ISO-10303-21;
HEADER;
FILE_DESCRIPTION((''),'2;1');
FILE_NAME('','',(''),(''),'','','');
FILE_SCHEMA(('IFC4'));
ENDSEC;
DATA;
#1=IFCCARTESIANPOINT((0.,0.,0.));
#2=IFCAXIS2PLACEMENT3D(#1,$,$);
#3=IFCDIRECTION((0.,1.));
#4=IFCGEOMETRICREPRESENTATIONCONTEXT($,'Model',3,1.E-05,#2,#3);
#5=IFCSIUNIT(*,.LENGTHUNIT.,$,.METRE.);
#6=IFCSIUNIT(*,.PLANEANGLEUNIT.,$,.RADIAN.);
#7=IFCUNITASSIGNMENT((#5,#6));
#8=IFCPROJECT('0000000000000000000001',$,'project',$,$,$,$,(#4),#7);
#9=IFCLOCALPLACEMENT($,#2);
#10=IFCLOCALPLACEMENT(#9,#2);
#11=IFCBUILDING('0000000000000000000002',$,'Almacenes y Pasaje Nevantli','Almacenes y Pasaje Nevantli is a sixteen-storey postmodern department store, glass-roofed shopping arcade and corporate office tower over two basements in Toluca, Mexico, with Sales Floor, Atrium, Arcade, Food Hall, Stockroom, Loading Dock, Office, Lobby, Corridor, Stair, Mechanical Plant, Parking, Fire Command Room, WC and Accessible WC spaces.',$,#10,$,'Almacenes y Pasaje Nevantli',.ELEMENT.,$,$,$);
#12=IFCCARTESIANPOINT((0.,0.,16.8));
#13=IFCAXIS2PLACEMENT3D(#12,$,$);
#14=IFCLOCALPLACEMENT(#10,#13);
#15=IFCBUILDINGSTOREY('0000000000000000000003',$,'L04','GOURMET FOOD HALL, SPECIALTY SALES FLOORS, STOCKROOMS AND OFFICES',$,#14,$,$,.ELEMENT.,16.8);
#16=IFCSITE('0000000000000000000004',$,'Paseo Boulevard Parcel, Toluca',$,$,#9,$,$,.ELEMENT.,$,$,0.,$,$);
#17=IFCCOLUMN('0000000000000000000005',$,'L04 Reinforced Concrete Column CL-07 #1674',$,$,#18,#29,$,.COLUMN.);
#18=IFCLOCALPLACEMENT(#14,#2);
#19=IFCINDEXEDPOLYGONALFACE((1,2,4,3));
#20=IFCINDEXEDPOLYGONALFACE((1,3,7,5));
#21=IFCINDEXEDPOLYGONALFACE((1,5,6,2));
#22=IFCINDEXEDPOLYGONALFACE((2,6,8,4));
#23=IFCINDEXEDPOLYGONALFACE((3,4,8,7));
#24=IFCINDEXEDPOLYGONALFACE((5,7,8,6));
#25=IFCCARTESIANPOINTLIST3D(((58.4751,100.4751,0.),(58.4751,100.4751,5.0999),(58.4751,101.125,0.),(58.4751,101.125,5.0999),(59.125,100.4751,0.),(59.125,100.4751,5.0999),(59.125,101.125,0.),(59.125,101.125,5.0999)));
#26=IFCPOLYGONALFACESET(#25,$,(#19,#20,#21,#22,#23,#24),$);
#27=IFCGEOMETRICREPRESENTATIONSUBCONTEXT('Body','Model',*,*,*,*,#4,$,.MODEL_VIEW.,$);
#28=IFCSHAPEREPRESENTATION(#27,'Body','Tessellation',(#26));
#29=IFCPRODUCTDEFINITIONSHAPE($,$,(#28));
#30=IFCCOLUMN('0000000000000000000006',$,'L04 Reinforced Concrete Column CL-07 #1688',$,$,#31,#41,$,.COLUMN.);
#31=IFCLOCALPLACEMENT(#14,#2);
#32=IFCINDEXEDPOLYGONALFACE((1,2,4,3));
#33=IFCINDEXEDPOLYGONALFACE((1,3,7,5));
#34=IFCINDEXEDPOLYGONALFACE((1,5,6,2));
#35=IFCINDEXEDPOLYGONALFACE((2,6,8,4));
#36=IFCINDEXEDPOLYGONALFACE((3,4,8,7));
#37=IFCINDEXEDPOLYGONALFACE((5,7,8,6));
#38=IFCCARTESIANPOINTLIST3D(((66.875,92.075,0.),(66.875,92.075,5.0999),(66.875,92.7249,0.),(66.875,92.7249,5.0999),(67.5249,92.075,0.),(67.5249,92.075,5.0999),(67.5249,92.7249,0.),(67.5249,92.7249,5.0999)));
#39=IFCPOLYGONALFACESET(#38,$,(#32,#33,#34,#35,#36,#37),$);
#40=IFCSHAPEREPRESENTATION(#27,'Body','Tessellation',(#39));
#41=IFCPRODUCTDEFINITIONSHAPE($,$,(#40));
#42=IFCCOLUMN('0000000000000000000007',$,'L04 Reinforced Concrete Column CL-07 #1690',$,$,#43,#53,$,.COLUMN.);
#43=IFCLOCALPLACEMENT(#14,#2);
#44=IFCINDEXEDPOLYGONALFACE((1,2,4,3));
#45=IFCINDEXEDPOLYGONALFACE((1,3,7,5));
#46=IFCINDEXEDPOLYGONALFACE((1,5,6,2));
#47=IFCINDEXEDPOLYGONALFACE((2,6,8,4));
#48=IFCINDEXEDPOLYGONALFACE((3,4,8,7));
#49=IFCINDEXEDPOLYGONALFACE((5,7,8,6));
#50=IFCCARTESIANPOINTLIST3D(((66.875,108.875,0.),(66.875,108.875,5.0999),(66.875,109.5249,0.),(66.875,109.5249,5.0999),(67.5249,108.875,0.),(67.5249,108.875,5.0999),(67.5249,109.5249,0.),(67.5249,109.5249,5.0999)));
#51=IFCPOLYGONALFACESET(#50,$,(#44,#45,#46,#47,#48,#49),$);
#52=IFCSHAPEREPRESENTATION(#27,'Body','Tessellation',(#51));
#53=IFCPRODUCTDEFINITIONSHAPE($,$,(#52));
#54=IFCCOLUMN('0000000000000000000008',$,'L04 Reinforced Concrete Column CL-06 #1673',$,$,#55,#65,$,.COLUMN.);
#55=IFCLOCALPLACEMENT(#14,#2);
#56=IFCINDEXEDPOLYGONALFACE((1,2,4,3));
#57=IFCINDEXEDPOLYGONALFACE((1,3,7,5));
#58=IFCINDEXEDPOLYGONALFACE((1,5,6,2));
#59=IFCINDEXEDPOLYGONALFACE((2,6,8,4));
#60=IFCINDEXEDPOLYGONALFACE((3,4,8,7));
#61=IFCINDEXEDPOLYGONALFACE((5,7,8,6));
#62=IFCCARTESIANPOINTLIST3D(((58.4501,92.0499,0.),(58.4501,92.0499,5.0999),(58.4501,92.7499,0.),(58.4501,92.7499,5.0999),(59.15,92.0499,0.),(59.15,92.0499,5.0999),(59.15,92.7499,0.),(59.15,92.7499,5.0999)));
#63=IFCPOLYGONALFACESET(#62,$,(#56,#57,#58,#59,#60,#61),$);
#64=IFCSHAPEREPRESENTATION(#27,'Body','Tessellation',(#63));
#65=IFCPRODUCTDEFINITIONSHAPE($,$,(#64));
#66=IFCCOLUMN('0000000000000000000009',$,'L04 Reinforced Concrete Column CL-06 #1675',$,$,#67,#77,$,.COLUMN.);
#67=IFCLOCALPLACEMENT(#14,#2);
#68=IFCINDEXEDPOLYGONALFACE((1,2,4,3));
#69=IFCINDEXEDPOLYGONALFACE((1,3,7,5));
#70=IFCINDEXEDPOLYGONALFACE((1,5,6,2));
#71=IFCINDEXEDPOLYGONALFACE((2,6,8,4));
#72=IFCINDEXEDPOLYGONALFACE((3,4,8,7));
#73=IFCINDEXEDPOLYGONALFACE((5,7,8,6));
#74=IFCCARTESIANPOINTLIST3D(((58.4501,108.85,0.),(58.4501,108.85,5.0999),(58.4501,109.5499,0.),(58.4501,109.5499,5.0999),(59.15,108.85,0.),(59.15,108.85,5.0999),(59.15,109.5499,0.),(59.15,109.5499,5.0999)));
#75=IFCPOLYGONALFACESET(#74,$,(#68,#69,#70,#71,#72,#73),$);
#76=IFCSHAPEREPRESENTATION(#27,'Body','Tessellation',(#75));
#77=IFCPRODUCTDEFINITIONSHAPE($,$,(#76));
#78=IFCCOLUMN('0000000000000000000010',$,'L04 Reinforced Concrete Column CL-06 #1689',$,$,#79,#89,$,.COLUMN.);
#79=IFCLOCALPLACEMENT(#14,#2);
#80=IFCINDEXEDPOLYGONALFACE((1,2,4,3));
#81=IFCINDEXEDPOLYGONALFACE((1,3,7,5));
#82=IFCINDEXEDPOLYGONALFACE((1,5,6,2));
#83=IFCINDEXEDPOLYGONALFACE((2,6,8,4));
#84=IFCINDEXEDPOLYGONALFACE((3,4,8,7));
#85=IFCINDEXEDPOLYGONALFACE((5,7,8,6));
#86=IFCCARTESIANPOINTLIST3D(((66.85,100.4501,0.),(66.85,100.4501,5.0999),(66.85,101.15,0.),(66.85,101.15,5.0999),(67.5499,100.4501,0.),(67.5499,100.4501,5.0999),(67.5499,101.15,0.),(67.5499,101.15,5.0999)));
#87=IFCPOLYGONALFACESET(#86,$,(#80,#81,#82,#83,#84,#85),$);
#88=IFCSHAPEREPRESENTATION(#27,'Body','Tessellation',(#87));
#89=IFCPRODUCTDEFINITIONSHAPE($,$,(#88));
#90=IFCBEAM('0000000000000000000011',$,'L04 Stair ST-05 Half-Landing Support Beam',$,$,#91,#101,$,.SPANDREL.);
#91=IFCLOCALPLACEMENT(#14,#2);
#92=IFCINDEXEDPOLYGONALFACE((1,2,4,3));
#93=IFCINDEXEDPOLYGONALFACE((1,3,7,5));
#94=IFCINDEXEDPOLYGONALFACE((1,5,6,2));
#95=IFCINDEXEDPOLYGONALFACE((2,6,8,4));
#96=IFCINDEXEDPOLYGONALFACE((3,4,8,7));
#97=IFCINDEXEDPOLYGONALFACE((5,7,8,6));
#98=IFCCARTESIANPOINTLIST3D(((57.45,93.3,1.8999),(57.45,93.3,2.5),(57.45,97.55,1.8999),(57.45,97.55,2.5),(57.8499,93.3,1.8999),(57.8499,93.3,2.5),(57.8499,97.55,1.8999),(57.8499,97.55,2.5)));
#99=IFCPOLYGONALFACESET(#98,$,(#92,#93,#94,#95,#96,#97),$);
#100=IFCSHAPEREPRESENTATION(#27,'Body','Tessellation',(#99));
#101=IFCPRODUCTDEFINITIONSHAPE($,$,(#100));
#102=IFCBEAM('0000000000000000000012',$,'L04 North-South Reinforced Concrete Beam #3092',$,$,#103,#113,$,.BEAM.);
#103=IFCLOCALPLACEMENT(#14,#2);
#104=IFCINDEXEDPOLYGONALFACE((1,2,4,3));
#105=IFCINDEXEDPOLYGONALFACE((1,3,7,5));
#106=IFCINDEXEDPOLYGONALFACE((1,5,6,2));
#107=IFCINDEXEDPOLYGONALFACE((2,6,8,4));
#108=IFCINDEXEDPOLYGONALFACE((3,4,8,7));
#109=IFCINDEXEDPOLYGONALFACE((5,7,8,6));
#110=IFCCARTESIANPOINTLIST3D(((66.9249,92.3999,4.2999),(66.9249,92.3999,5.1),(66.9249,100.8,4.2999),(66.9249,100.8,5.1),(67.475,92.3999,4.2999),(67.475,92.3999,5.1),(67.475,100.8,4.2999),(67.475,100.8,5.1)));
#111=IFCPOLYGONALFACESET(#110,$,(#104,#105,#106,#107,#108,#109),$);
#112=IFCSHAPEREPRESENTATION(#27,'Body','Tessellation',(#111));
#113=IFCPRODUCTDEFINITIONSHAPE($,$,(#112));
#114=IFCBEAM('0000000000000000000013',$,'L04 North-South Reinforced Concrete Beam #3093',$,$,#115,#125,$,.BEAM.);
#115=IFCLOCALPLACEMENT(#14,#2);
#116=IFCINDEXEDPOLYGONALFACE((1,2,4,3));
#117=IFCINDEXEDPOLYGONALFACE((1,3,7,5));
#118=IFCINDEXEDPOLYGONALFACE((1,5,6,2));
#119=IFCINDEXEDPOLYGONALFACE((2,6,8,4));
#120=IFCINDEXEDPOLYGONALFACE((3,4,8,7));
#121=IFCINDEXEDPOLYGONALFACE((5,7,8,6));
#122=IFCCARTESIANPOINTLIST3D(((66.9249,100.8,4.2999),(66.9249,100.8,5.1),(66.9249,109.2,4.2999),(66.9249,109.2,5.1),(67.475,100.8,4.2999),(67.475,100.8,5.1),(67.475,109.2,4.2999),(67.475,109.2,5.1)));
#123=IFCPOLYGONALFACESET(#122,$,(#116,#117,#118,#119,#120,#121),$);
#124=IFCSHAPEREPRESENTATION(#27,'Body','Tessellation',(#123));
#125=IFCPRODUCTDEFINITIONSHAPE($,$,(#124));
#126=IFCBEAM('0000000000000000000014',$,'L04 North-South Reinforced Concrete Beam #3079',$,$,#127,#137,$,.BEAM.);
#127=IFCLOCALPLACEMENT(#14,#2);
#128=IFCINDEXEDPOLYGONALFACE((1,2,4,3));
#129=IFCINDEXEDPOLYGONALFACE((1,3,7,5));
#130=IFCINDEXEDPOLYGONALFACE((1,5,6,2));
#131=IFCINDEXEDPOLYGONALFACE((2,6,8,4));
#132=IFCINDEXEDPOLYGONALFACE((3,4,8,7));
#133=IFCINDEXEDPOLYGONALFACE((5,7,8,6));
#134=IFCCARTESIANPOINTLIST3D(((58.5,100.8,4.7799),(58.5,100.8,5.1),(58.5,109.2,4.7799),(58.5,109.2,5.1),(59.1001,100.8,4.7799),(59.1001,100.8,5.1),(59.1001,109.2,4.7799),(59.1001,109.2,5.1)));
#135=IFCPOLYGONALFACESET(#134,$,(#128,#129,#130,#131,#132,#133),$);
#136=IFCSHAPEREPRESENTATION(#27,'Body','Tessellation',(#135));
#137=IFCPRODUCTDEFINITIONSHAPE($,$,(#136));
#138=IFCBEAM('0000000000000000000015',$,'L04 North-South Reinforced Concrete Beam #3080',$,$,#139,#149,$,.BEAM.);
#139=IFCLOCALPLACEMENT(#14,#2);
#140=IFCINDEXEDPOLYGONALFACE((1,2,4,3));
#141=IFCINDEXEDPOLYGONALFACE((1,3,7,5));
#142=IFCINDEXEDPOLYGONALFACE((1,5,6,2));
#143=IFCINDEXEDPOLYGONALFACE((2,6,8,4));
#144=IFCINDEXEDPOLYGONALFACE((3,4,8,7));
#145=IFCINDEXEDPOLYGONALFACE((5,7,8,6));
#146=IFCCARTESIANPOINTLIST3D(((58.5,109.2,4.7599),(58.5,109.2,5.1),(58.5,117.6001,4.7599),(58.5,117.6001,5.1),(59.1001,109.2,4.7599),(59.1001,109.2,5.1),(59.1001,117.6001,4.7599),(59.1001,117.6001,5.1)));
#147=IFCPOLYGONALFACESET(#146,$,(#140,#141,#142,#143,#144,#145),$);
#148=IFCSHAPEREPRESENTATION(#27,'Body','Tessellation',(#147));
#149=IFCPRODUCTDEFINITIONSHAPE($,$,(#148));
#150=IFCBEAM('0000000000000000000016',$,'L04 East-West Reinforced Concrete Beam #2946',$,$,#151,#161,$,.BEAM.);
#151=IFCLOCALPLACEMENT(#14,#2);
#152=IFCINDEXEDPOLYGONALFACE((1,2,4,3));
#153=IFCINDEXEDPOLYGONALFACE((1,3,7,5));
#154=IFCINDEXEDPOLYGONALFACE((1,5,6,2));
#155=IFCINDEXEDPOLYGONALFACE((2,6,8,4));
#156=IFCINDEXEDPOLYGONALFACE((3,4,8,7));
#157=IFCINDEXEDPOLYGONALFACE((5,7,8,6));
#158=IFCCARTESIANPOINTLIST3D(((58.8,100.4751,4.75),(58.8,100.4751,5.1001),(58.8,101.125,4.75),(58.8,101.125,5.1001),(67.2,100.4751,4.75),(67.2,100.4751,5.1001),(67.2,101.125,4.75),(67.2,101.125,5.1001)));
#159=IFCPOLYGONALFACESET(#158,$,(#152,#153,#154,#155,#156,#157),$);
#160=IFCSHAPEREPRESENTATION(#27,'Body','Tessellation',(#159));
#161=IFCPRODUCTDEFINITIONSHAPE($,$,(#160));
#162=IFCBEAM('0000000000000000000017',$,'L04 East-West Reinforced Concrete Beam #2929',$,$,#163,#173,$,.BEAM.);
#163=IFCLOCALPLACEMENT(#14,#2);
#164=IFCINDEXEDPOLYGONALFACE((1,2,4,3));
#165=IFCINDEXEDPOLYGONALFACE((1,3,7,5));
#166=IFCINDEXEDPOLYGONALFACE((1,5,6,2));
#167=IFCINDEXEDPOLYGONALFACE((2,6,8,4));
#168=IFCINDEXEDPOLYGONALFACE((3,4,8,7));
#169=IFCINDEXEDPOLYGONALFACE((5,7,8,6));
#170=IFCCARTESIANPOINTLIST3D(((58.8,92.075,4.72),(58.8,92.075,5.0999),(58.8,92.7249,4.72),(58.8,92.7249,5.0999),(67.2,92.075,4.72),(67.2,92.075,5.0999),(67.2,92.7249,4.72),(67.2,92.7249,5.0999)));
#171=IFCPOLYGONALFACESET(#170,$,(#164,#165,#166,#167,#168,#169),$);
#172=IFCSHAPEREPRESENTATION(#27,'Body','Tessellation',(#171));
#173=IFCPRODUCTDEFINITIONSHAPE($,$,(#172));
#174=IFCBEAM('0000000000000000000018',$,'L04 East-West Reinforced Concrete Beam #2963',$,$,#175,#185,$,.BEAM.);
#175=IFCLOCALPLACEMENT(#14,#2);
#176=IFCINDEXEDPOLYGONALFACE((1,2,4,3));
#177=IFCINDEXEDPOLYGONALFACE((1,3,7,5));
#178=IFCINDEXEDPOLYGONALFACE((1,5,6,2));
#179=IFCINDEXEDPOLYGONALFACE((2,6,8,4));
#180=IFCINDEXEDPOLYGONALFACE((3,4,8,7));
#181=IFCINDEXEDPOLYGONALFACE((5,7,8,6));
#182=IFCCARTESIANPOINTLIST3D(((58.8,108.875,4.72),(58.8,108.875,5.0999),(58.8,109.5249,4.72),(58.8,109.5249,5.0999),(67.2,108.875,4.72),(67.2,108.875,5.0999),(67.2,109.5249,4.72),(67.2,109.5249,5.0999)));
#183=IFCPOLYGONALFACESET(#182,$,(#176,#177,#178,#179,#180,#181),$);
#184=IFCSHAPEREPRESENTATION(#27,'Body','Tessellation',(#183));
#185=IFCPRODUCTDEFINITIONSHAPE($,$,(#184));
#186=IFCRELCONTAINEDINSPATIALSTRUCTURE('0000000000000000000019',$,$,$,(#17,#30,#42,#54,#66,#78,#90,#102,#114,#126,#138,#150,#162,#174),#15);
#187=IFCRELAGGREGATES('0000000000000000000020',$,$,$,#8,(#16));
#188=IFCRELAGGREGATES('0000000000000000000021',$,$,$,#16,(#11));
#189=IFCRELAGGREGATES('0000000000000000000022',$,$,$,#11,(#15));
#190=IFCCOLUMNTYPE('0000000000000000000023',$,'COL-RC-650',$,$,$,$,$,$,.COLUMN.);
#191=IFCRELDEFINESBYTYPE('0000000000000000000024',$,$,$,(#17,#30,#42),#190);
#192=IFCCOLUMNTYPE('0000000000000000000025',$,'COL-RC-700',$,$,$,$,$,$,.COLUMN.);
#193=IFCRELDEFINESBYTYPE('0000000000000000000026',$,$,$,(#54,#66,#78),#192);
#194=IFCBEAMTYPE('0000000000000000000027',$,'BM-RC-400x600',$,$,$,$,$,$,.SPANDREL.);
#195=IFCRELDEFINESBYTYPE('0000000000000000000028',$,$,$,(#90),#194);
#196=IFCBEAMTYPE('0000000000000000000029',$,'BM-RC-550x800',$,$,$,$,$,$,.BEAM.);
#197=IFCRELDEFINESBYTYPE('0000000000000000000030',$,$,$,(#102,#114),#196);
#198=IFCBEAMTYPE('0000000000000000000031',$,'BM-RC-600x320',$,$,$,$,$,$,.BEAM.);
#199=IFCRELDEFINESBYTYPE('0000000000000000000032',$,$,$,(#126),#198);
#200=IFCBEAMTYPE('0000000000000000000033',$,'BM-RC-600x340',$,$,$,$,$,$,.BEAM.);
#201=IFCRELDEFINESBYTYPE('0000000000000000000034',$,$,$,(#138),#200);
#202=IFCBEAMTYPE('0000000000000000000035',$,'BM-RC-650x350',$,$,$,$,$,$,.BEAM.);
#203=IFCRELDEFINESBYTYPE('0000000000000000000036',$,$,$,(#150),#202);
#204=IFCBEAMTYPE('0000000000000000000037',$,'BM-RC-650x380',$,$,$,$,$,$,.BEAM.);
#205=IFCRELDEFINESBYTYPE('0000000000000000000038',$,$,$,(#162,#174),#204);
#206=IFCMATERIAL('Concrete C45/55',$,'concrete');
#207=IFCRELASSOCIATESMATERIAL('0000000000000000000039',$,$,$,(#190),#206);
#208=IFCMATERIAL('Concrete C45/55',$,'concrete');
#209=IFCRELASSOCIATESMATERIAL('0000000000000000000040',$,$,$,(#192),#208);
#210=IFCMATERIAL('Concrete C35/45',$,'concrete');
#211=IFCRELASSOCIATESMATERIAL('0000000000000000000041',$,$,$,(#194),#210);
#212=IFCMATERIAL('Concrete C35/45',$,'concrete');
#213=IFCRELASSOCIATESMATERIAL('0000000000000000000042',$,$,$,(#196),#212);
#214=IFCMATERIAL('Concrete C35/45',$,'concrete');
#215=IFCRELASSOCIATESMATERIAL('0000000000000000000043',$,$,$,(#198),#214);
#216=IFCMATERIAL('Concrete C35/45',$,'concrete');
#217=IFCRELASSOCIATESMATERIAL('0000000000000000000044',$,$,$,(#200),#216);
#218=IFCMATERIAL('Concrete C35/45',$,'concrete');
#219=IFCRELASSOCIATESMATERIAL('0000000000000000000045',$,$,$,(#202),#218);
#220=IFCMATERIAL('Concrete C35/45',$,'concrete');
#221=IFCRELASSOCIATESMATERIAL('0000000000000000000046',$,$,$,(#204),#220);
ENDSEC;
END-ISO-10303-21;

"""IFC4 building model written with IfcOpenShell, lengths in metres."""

from ifc_helpers import new_model, si_unit, direction, frame, origin, origin_2d, place, context, subcontext, project, spatial, rectangle, extrude, material, material_profile, profile_set, type_object, element, save


model = new_model("IFC4")

# Units and contexts
model_context = context("Model", 3, precision=1e-05, world=origin(), true_north=direction((0.0, 1.0)))
body_context = subcontext(model_context, "Body", "Model", "MODEL_VIEW")
ifc_project = project(units=[si_unit("LENGTHUNIT", "METRE"), si_unit("PLANEANGLEUNIT", "RADIAN")], contexts=[model_context])

# Site, building, storey
site_placement = place(None, origin())
site = spatial("IfcSite", under=ifc_project, at=site_placement, Name="Paseo Boulevard Parcel, Toluca", CompositionType="ELEMENT", RefElevation=0.0)
building_placement = place(site_placement, origin())
building = spatial("IfcBuilding", under=site, at=building_placement, Name="Almacenes y Pasaje Nevantli", Description="Almacenes y Pasaje Nevantli is a sixteen-storey postmodern department store, glass-roofed shopping arcade and corporate office tower over two basements in Toluca, Mexico, with Sales Floor, Atrium, Arcade, Food Hall, Stockroom, Loading Dock, Office, Lobby, Corridor, Stair, Mechanical Plant, Parking, Fire Command Room, WC and Accessible WC spaces.", LongName="Almacenes y Pasaje Nevantli", CompositionType="ELEMENT")
storey_placement = place(building_placement, frame((0.0, 0.0, 16.8)))
storey = spatial("IfcBuildingStorey", under=building, at=storey_placement, Name="L04", Description="GOURMET FOOD HALL, SPECIALTY SALES FLOORS, STOCKROOMS AND OFFICES", CompositionType="ELEMENT", Elevation=16.8)

# Columns
ifc_material_1 = material(Name="Concrete C45/55", Category="concrete")
ifc_material_profile_1 = material_profile(ifc_material_1, rectangle(XDim=0.6499, YDim=0.6499, at=origin_2d()), Name="RC-COL-650x650")
ifc_profile_set_1 = profile_set([ifc_material_profile_1], Name="Concrete C45/55")
column_type_1 = type_object("IfcColumnType", Name="COL-RC-650", PredefinedType="COLUMN", material=ifc_profile_set_1)
for number, where, z_axis, x_axis, name in (
    (1, (58.8, 100.8, 0.0), (0.0, 0.0, 1.0), (1.0, 0.0, 0.0), "L04 Reinforced Concrete Column CL-07 #1674"),
    (2, (67.2, 92.3999, 0.0), (0.0, 0.0, 1.0), (1.0, 0.0, 0.0), "L04 Reinforced Concrete Column CL-07 #1688"),
    (3, (67.2, 109.2, 0.0), (0.0, 0.0, 1.0), (1.0, 0.0, 0.0), "L04 Reinforced Concrete Column CL-07 #1690"),
):
    element("IfcColumn", number, at=place(storey_placement, frame(where, z_axis=z_axis, x_axis=x_axis)), inside=storey, type_object=column_type_1, Name=name, PredefinedType="COLUMN", context=body_context, shape_type="SweptSolid", body=[
        extrude(rectangle(XDim=0.6499, YDim=0.6499, at=origin_2d()), origin(), (0.0, 0.0, 1.0), 5.0999),
    ])
ifc_material_2 = material(Name="Concrete C45/55", Category="concrete")
ifc_material_profile_2 = material_profile(ifc_material_2, rectangle(XDim=0.7, YDim=0.7, at=origin_2d()), Name="RC-COL-700x700")
ifc_profile_set_2 = profile_set([ifc_material_profile_2], Name="Concrete C45/55")
column_type_2 = type_object("IfcColumnType", Name="COL-RC-700", PredefinedType="COLUMN", material=ifc_profile_set_2)
for number, where, z_axis, x_axis, name in (
    (4, (58.8, 92.3999, 0.0), (0.0, 0.0, 1.0), (1.0, 0.0, 0.0), "L04 Reinforced Concrete Column CL-06 #1673"),
    (5, (58.8, 109.2, 0.0), (0.0, 0.0, 1.0), (1.0, 0.0, 0.0), "L04 Reinforced Concrete Column CL-06 #1675"),
    (6, (67.2, 100.8, 0.0), (0.0, 0.0, 1.0), (1.0, 0.0, 0.0), "L04 Reinforced Concrete Column CL-06 #1689"),
):
    element("IfcColumn", number, at=place(storey_placement, frame(where, z_axis=z_axis, x_axis=x_axis)), inside=storey, type_object=column_type_2, Name=name, PredefinedType="COLUMN", context=body_context, shape_type="SweptSolid", body=[
        extrude(rectangle(XDim=0.7, YDim=0.7, at=origin_2d()), origin(), (0.0, 0.0, 1.0), 5.0999),
    ])

# Beams
ifc_material_3 = material(Name="Concrete C35/45", Category="concrete")
ifc_material_profile_3 = material_profile(ifc_material_3, rectangle(XDim=0.3999, YDim=0.6001, at=origin_2d()), Name="RC-BM-400x600")
ifc_profile_set_3 = profile_set([ifc_material_profile_3], Name="Concrete C35/45")
beam_type_1 = type_object("IfcBeamType", Name="BM-RC-400x600", PredefinedType="SPANDREL", material=ifc_profile_set_3)
beam_1_placement = place(storey_placement, frame((57.6499, 93.3, 2.2), z_axis=(0.0, 1.0, 0.0), x_axis=(-1.0, 0.0, 0.0)))
element("IfcBeam", 7, at=beam_1_placement, inside=storey, type_object=beam_type_1, Name="L04 Stair ST-05 Half-Landing Support Beam", PredefinedType="SPANDREL", context=body_context, shape_type="SweptSolid", body=[
    extrude(rectangle(XDim=0.3999, YDim=0.6001, at=origin_2d()), origin(), (0.0, 0.0, 1.0), 4.25),
])
ifc_material_4 = material(Name="Concrete C35/45", Category="concrete")
ifc_material_profile_4 = material_profile(ifc_material_4, rectangle(XDim=0.55, YDim=0.8, at=origin_2d()), Name="RC-BM-550x800")
ifc_profile_set_4 = profile_set([ifc_material_profile_4], Name="Concrete C35/45")
beam_type_2 = type_object("IfcBeamType", Name="BM-RC-550x800", PredefinedType="BEAM", material=ifc_profile_set_4)
beam_2_placement = place(storey_placement, frame((67.2, 92.3999, 4.7), z_axis=(0.0, 1.0, 0.0), x_axis=(-1.0, 0.0, 0.0)))
element("IfcBeam", 8, at=beam_2_placement, inside=storey, type_object=beam_type_2, Name="L04 North-South Reinforced Concrete Beam #3092", PredefinedType="BEAM", context=body_context, shape_type="SweptSolid", body=[
    extrude(rectangle(XDim=0.55, YDim=0.8, at=origin_2d()), origin(), (0.0, 0.0, 1.0), 8.4001),
])
beam_3_placement = place(storey_placement, frame((67.2, 100.8, 4.7), z_axis=(0.0, 1.0, 0.0), x_axis=(-1.0, 0.0, 0.0)))
element("IfcBeam", 9, at=beam_3_placement, inside=storey, type_object=beam_type_2, Name="L04 North-South Reinforced Concrete Beam #3093", PredefinedType="BEAM", context=body_context, shape_type="SweptSolid", body=[
    extrude(rectangle(XDim=0.55, YDim=0.8, at=origin_2d()), origin(), (0.0, 0.0, 1.0), 8.3999),
])
ifc_material_5 = material(Name="Concrete C35/45", Category="concrete")
ifc_material_profile_5 = material_profile(ifc_material_5, rectangle(XDim=0.6001, YDim=0.3201, at=origin_2d()), Name="RC-BM-600x320")
ifc_profile_set_5 = profile_set([ifc_material_profile_5], Name="Concrete C35/45")
beam_type_3 = type_object("IfcBeamType", Name="BM-RC-600x320", PredefinedType="BEAM", material=ifc_profile_set_5)
beam_4_placement = place(storey_placement, frame((58.8, 100.8, 4.9399), z_axis=(0.0, 1.0, 0.0), x_axis=(-1.0, 0.0, 0.0)))
element("IfcBeam", 10, at=beam_4_placement, inside=storey, type_object=beam_type_3, Name="L04 North-South Reinforced Concrete Beam #3079", PredefinedType="BEAM", context=body_context, shape_type="SweptSolid", body=[
    extrude(rectangle(XDim=0.6001, YDim=0.3201, at=origin_2d()), origin(), (0.0, 0.0, 1.0), 8.3999),
])
ifc_material_6 = material(Name="Concrete C35/45", Category="concrete")
ifc_material_profile_6 = material_profile(ifc_material_6, rectangle(XDim=0.6001, YDim=0.3401, at=origin_2d()), Name="RC-BM-600x340")
ifc_profile_set_6 = profile_set([ifc_material_profile_6], Name="Concrete C35/45")
beam_type_4 = type_object("IfcBeamType", Name="BM-RC-600x340", PredefinedType="BEAM", material=ifc_profile_set_6)
beam_5_placement = place(storey_placement, frame((58.8, 109.2, 4.9299), z_axis=(0.0, 1.0, 0.0), x_axis=(-1.0, 0.0, 0.0)))
element("IfcBeam", 11, at=beam_5_placement, inside=storey, type_object=beam_type_4, Name="L04 North-South Reinforced Concrete Beam #3080", PredefinedType="BEAM", context=body_context, shape_type="SweptSolid", body=[
    extrude(rectangle(XDim=0.6001, YDim=0.3401, at=origin_2d()), origin(), (0.0, 0.0, 1.0), 8.4001),
])
ifc_material_7 = material(Name="Concrete C35/45", Category="concrete")
ifc_material_profile_7 = material_profile(ifc_material_7, rectangle(XDim=0.6499, YDim=0.3501, at=origin_2d()), Name="RC-BM-650x350")
ifc_profile_set_7 = profile_set([ifc_material_profile_7], Name="Concrete C35/45")
beam_type_5 = type_object("IfcBeamType", Name="BM-RC-650x350", PredefinedType="BEAM", material=ifc_profile_set_7)
beam_6_placement = place(storey_placement, frame((58.8, 100.8, 4.925), z_axis=(1.0, 0.0, 0.0), x_axis=(0.0, 1.0, 0.0)))
element("IfcBeam", 12, at=beam_6_placement, inside=storey, type_object=beam_type_5, Name="L04 East-West Reinforced Concrete Beam #2946", PredefinedType="BEAM", context=body_context, shape_type="SweptSolid", body=[
    extrude(rectangle(XDim=0.6499, YDim=0.3501, at=origin_2d()), origin(), (0.0, 0.0, 1.0), 8.3999),
])
ifc_material_8 = material(Name="Concrete C35/45", Category="concrete")
ifc_material_profile_8 = material_profile(ifc_material_8, rectangle(XDim=0.6499, YDim=0.3799, at=origin_2d()), Name="RC-BM-650x380")
ifc_profile_set_8 = profile_set([ifc_material_profile_8], Name="Concrete C35/45")
beam_type_6 = type_object("IfcBeamType", Name="BM-RC-650x380", PredefinedType="BEAM", material=ifc_profile_set_8)
for number, where, z_axis, x_axis, name in (
    (13, (58.8, 92.3999, 4.9099), (1.0, 0.0, 0.0), (0.0, 1.0, 0.0), "L04 East-West Reinforced Concrete Beam #2929"),
    (14, (58.8, 109.2, 4.9099), (1.0, 0.0, 0.0), (0.0, 1.0, 0.0), "L04 East-West Reinforced Concrete Beam #2963"),
):
    element("IfcBeam", number, at=place(storey_placement, frame(where, z_axis=z_axis, x_axis=x_axis)), inside=storey, type_object=beam_type_6, Name=name, PredefinedType="BEAM", context=body_context, shape_type="SweptSolid", body=[
        extrude(rectangle(XDim=0.6499, YDim=0.3799, at=origin_2d()), origin(), (0.0, 0.0, 1.0), 8.3999),
    ])

save(model, "model.ifc")
